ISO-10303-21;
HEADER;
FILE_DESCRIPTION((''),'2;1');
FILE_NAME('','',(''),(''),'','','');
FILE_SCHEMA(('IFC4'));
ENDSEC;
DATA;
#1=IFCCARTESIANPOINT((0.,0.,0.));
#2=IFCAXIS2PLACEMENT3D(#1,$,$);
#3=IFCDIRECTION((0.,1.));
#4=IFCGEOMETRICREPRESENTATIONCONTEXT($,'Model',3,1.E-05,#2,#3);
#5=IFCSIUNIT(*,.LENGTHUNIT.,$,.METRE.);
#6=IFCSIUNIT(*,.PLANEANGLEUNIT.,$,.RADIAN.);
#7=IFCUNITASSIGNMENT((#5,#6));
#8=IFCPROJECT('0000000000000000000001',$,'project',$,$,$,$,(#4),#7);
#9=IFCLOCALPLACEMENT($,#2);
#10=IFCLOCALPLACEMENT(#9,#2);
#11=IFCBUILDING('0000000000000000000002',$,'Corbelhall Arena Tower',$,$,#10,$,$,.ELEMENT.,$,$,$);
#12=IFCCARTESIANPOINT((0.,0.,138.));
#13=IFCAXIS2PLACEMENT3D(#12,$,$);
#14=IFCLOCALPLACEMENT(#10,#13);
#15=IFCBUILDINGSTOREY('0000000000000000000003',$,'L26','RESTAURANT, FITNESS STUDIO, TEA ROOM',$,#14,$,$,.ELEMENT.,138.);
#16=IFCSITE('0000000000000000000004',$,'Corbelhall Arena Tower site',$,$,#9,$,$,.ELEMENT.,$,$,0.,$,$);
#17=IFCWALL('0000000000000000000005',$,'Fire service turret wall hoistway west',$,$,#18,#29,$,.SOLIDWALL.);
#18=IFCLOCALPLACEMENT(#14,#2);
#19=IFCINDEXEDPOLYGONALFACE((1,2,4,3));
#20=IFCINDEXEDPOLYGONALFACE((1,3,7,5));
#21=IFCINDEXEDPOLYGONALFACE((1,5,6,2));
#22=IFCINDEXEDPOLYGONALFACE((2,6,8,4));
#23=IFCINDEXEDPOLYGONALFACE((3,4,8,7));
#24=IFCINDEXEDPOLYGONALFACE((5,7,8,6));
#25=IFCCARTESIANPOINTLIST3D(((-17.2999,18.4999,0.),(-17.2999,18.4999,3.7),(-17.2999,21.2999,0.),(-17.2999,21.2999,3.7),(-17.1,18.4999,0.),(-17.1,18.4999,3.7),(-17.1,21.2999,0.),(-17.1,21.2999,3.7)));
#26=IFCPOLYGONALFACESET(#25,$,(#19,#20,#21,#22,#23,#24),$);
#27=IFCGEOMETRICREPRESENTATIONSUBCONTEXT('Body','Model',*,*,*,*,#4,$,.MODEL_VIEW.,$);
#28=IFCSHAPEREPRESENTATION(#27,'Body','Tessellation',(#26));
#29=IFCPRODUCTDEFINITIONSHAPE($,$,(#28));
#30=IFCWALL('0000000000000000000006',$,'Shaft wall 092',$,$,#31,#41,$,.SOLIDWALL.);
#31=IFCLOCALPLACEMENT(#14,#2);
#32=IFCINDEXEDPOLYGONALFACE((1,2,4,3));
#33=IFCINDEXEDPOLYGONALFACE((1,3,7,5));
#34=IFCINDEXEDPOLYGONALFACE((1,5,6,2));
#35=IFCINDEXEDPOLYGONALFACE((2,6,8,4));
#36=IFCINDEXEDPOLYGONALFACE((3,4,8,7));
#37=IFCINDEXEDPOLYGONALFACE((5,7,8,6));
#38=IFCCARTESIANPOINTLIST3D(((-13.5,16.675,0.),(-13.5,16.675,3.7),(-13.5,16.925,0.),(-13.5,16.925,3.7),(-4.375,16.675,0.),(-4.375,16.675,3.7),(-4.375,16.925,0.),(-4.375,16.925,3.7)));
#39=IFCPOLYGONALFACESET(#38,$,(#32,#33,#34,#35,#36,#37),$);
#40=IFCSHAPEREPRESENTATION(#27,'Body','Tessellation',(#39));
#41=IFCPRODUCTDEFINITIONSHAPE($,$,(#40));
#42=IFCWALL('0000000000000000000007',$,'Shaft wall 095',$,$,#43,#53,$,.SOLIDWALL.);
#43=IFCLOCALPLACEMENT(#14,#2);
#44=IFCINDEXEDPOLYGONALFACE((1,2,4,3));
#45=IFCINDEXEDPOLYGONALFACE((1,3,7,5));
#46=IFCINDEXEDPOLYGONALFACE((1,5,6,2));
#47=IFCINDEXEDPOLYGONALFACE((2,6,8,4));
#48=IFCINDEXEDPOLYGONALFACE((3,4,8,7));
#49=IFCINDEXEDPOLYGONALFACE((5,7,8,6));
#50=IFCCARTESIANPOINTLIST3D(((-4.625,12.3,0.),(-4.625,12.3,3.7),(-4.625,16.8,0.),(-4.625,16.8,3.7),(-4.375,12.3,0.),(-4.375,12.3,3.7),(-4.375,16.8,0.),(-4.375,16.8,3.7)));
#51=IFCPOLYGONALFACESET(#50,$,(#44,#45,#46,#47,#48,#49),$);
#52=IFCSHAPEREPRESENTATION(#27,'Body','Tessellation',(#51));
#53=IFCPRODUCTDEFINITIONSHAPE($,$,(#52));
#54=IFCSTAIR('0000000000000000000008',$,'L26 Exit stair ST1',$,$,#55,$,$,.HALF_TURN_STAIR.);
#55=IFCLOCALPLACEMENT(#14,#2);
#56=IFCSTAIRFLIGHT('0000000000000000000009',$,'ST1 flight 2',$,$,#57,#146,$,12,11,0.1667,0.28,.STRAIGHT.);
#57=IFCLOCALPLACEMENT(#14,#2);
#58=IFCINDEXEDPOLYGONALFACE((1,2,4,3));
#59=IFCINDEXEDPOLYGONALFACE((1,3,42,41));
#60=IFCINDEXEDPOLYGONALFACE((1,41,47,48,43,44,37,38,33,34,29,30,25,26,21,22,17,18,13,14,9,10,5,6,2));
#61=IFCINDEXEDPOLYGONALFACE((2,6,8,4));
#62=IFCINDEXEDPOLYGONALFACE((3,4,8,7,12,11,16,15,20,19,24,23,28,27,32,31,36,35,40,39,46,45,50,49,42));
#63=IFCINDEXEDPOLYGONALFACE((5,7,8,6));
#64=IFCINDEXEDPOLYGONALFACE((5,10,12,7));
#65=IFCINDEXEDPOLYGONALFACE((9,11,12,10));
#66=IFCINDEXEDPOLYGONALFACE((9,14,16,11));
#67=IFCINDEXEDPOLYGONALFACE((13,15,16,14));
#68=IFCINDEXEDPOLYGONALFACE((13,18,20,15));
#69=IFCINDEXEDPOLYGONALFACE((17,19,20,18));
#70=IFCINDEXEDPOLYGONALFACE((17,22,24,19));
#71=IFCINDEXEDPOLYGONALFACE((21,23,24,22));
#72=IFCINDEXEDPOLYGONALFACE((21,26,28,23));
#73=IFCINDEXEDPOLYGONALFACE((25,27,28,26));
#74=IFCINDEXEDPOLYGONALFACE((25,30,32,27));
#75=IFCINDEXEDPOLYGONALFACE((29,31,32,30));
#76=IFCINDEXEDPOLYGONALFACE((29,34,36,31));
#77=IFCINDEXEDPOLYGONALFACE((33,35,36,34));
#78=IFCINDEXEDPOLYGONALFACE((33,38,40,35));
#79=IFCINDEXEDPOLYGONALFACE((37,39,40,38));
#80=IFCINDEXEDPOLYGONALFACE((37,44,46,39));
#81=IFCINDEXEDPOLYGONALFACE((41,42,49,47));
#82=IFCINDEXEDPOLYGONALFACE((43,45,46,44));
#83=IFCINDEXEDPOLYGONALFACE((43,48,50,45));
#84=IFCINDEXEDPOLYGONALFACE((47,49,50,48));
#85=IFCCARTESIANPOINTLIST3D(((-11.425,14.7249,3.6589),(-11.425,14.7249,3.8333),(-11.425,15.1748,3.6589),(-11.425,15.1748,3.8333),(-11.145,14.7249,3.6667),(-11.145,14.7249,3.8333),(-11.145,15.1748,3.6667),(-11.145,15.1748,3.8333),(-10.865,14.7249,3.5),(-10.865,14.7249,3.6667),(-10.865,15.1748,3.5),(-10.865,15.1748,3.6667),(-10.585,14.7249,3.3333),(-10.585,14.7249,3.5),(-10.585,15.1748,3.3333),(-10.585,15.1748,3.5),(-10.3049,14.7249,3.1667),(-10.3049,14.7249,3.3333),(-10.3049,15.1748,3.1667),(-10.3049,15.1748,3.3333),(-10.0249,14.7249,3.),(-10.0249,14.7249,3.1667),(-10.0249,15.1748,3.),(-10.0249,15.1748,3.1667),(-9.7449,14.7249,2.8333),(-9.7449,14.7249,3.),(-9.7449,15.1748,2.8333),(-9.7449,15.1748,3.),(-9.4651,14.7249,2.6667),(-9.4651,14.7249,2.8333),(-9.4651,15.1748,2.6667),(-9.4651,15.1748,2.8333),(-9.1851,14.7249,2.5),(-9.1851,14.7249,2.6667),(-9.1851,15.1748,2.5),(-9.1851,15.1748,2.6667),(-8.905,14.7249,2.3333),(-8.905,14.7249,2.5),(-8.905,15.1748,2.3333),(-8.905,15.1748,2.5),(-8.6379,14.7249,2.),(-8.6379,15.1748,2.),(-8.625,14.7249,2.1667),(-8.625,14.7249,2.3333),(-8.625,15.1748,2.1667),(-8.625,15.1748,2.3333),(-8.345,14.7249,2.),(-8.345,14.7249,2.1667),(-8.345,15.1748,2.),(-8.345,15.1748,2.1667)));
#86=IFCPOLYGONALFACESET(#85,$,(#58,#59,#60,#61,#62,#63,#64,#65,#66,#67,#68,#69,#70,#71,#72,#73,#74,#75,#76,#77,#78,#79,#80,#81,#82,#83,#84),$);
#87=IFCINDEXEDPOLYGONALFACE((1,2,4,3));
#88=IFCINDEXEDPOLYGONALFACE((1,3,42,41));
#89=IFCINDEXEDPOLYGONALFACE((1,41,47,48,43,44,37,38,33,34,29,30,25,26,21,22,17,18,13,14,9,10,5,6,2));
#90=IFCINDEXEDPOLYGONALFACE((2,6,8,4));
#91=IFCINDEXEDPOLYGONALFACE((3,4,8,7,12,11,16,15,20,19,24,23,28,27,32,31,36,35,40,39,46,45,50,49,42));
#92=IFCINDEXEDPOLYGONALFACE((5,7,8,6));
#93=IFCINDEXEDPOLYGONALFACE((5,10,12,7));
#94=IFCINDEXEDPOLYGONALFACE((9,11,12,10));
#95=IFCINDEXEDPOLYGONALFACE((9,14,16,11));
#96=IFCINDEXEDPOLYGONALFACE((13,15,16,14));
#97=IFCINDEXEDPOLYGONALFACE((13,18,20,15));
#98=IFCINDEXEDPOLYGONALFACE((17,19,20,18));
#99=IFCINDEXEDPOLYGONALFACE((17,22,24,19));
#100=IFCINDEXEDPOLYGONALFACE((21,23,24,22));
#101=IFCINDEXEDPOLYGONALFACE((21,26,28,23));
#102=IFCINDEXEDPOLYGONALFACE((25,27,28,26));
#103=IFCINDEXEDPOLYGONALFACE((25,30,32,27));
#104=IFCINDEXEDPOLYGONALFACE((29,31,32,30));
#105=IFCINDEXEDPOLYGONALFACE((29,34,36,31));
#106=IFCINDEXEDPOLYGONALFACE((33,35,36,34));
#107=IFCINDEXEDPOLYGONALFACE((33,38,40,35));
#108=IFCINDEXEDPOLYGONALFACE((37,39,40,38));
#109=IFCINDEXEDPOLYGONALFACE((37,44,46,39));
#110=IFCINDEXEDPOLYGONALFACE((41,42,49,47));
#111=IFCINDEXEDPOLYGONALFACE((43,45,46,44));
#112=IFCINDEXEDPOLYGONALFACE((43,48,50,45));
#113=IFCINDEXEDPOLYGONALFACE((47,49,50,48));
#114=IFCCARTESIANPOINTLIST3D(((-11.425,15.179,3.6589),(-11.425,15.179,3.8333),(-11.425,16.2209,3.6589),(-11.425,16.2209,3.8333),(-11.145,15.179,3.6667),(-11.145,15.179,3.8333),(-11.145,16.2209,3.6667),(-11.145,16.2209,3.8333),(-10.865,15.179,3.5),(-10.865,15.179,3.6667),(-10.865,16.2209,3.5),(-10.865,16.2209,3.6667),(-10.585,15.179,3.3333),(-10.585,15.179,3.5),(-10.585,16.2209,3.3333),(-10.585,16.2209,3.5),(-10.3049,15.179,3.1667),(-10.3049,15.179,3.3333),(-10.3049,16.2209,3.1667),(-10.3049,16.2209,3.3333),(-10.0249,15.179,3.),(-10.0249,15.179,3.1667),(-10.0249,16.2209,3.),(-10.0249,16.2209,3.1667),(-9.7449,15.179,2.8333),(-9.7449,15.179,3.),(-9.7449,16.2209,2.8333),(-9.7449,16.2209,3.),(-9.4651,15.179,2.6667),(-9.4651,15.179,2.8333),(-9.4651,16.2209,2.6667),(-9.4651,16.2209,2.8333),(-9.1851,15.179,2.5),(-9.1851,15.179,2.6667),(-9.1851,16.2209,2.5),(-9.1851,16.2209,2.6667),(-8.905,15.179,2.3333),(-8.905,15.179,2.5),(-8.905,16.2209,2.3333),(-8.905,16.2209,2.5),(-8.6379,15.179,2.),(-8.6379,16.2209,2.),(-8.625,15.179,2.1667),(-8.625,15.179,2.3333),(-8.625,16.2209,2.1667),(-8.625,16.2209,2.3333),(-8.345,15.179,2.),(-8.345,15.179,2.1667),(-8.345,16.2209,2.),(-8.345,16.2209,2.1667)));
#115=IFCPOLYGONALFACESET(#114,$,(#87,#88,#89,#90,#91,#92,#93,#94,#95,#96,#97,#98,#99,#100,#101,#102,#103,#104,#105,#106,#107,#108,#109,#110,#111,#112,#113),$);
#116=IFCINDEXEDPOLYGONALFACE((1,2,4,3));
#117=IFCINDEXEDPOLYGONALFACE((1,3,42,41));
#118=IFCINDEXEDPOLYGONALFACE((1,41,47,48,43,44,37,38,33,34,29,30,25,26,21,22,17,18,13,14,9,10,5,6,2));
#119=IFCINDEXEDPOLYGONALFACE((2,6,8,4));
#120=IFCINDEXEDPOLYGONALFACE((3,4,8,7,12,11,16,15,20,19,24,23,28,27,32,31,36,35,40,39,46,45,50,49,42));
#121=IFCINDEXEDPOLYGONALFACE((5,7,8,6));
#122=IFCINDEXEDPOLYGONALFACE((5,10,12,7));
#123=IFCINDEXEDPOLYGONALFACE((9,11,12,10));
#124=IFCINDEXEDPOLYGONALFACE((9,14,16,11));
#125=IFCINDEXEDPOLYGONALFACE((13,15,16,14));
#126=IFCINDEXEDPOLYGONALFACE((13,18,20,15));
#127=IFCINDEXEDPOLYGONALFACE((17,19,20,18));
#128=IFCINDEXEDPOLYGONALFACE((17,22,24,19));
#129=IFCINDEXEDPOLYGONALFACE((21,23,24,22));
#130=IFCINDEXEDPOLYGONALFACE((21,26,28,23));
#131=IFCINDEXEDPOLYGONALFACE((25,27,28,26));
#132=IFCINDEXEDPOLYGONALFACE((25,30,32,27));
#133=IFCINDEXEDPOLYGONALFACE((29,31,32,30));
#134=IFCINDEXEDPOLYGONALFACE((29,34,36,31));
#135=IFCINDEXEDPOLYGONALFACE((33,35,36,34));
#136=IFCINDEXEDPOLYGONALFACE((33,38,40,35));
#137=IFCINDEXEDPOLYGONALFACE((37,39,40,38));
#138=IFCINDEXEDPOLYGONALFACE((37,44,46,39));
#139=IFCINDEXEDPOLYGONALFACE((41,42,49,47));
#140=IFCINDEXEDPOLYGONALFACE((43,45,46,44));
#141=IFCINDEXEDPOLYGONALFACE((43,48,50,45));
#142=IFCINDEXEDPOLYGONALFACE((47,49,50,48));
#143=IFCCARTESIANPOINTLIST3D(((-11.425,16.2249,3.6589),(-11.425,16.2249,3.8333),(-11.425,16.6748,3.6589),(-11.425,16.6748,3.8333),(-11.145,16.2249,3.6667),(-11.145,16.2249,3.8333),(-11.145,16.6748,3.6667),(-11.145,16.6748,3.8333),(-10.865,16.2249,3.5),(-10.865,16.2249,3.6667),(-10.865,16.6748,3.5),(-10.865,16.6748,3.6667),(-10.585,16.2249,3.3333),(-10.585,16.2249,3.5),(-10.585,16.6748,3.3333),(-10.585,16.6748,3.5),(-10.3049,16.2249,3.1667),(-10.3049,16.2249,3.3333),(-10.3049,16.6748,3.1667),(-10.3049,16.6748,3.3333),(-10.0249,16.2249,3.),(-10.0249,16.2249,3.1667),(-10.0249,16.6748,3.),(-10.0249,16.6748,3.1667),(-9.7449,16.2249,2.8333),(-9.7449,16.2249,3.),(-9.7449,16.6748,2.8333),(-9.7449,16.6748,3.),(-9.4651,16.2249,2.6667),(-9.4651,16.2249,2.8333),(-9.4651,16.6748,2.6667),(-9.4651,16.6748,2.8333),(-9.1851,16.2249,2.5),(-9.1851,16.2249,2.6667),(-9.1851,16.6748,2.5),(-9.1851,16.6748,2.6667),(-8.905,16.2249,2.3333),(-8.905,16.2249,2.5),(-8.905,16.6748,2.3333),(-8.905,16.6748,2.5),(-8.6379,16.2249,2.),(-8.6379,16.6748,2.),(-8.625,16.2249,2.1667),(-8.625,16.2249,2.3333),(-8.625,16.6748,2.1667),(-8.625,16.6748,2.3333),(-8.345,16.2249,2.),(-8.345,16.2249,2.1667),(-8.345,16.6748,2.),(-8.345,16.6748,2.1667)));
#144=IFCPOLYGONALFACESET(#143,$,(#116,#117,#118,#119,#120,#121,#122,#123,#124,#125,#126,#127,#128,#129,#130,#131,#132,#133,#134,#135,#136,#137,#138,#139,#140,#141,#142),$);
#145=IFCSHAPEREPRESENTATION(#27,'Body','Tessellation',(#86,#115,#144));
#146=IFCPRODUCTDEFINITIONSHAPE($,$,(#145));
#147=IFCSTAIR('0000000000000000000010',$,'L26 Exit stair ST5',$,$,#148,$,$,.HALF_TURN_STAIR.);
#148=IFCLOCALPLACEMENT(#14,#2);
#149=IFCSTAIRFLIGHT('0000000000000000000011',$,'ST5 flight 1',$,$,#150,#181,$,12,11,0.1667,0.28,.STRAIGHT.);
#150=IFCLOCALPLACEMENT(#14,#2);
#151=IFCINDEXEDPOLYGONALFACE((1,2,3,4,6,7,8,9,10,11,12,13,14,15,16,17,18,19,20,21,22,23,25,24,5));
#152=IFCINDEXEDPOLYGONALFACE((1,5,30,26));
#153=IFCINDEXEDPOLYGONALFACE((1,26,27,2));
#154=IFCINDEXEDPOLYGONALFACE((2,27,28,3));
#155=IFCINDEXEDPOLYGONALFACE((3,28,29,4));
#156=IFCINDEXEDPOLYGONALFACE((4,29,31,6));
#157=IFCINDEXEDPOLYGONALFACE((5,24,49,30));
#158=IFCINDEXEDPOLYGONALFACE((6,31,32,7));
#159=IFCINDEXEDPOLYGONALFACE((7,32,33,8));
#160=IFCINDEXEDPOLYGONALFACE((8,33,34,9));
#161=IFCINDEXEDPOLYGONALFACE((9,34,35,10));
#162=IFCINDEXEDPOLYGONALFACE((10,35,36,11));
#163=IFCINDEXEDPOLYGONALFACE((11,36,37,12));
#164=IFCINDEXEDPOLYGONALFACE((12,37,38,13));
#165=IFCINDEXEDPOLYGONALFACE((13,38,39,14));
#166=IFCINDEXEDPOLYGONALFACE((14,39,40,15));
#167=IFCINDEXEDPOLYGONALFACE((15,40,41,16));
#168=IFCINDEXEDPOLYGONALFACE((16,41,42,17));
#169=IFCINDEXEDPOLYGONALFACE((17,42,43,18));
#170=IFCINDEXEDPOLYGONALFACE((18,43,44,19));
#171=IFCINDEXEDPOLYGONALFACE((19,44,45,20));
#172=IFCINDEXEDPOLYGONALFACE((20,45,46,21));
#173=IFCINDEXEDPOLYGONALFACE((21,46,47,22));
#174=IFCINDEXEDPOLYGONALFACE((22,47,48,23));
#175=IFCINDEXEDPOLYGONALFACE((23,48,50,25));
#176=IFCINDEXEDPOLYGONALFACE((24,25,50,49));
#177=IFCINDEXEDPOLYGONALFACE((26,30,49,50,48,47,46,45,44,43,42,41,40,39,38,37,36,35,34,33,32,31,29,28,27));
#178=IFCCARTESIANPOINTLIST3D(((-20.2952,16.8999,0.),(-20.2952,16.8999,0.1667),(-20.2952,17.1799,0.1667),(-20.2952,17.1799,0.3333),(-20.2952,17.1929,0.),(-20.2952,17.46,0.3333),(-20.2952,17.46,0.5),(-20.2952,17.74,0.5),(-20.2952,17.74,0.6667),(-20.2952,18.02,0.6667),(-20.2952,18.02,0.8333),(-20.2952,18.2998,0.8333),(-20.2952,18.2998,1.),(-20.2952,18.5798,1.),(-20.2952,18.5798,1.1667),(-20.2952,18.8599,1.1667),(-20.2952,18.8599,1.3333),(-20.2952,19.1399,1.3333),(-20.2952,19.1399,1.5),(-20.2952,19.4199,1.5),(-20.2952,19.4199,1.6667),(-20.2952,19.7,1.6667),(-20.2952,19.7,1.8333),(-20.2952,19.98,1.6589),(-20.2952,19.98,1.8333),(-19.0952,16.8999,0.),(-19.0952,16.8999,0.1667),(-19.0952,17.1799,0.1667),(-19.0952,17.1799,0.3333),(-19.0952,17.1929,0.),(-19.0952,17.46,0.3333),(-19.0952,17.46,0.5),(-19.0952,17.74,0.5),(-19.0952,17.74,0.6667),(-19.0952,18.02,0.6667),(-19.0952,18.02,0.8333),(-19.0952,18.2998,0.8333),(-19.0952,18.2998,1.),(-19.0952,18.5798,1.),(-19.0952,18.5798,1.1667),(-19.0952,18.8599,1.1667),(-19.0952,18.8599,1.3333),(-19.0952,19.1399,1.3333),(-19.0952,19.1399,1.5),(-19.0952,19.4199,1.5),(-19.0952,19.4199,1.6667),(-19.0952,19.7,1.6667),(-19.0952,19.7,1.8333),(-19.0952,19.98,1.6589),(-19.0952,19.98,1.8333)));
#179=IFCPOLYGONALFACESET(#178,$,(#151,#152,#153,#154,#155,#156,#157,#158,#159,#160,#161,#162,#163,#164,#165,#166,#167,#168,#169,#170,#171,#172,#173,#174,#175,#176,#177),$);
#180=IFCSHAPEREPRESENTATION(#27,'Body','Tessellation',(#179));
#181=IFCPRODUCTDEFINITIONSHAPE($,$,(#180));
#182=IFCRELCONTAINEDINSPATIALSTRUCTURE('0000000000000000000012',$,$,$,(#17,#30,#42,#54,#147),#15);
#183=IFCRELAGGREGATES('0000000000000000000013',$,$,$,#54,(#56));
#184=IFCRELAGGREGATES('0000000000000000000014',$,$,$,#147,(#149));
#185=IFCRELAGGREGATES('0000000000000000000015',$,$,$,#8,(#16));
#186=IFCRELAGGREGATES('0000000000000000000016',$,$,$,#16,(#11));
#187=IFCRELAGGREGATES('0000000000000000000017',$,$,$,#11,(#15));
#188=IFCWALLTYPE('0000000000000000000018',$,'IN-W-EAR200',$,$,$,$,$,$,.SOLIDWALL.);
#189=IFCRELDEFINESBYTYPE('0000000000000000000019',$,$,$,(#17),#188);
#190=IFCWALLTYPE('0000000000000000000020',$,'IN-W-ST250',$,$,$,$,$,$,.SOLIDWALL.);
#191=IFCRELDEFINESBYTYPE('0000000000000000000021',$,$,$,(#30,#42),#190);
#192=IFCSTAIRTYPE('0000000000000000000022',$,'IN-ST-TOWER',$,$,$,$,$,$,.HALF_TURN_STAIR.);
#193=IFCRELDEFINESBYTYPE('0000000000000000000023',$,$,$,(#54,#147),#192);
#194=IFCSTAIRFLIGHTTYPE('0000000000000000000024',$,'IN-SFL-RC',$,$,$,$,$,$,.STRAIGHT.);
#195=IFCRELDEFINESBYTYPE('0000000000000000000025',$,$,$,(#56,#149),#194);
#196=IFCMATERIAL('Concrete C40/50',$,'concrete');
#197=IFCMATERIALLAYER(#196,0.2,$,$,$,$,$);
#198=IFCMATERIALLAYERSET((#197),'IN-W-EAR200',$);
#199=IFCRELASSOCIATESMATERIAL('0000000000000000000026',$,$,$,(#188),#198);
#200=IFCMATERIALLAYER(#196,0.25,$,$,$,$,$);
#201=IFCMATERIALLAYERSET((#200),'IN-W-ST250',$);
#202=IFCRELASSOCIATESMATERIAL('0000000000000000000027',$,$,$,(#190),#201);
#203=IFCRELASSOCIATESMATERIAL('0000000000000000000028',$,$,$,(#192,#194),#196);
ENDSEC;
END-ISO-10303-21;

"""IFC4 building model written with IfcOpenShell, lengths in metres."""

from ifc_helpers import new_model, si_unit, direction, frame, frame_2d, origin, place, context, subcontext, project, spatial, polyline, rectangle, outline, extrude, material, layer, layer_set, type_object, element, aggregate, save


model = new_model("IFC4")

# Units and contexts
model_context = context("Model", 3, precision=1e-05, world=origin(), true_north=direction((0.0, 1.0)))
body_context = subcontext(model_context, "Body", "Model", "MODEL_VIEW")
ifc_project = project(units=[si_unit("LENGTHUNIT", "METRE"), si_unit("PLANEANGLEUNIT", "RADIAN")], contexts=[model_context])

# Site, building, storey
site_placement = place(None, origin())
site = spatial("IfcSite", under=ifc_project, at=site_placement, Name="Corbelhall Arena Tower site", CompositionType="ELEMENT", RefElevation=0.0)
building_placement = place(site_placement, origin())
building = spatial("IfcBuilding", under=site, at=building_placement, Name="Corbelhall Arena Tower", CompositionType="ELEMENT")
storey_placement = place(building_placement, frame((0.0, 0.0, 138.0)))
storey = spatial("IfcBuildingStorey", under=building, at=storey_placement, Name="L26", Description="RESTAURANT, FITNESS STUDIO, TEA ROOM", CompositionType="ELEMENT", Elevation=138.0)

# Shared definitions
ifc_material_1 = material(Name="Concrete C40/50", Category="concrete")
ifc_layer_1 = layer(ifc_material_1, 0.2)
ifc_layer_set_1 = layer_set([ifc_layer_1], Name="IN-W-EAR200")
wall_type_1 = type_object("IfcWallType", Name="IN-W-EAR200", PredefinedType="SOLIDWALL", material=ifc_layer_set_1)

# Wall
wall_1_placement = place(storey_placement, frame((-17.2, 18.5, 0.0), z_axis=(0.0, 0.0, 1.0), x_axis=(0.0, 1.0, 0.0)))
element("IfcWall", 1, at=wall_1_placement, inside=storey, type_object=wall_type_1, Name="Fire service turret wall hoistway west", PredefinedType="SOLIDWALL", context=body_context, shape_type="SweptSolid", body=[
    extrude(rectangle(XDim=2.8, YDim=0.2, at=frame_2d((1.3999, 0.0))), origin(), (0.0, 0.0, 1.0), 3.7),
])

# Walls
ifc_layer_2 = layer(ifc_material_1, 0.25)
ifc_layer_set_2 = layer_set([ifc_layer_2], Name="IN-W-ST250")
wall_type_2 = type_object("IfcWallType", Name="IN-W-ST250", PredefinedType="SOLIDWALL", material=ifc_layer_set_2)
wall_2_placement = place(storey_placement, frame((-13.5, 16.8, 0.0), z_axis=(0.0, 0.0, 1.0), x_axis=(1.0, 0.0, 0.0)))
element("IfcWall", 2, at=wall_2_placement, inside=storey, type_object=wall_type_2, Name="Shaft wall 092", PredefinedType="SOLIDWALL", context=body_context, shape_type="SweptSolid", body=[
    extrude(rectangle(XDim=9.125, YDim=0.25, at=frame_2d((4.5625, 0.0))), origin(), (0.0, 0.0, 1.0), 3.7),
])
wall_3_placement = place(storey_placement, frame((-4.5, 16.8, 0.0), z_axis=(0.0, 0.0, 1.0), x_axis=(0.0, -1.0, 0.0)))
element("IfcWall", 3, at=wall_3_placement, inside=storey, type_object=wall_type_2, Name="Shaft wall 095", PredefinedType="SOLIDWALL", context=body_context, shape_type="SweptSolid", body=[
    extrude(rectangle(XDim=4.5, YDim=0.25, at=frame_2d((2.25, 0.0))), origin(), (0.0, 0.0, 1.0), 3.7),
])

# Stair, stair flight
stair_type = type_object("IfcStairType", Name="IN-ST-TOWER", PredefinedType="HALF_TURN_STAIR", material=ifc_material_1)
stair_1_placement = place(storey_placement, origin())
stair_1 = element("IfcStair", 4, at=stair_1_placement, inside=storey, type_object=stair_type, Name="L26 Exit stair ST1", PredefinedType="HALF_TURN_STAIR")
stair_flight_type = type_object("IfcStairFlightType", Name="IN-SFL-RC", PredefinedType="STRAIGHT", material=ifc_material_1)
stair_flight_1_placement = place(storey_placement, frame((-8.345, 15.7, 2.0), z_axis=(0.0, 0.0, 1.0), x_axis=(-1.0, 0.0, 0.0)))
stair_flight_1 = element("IfcStairFlight", 5, at=stair_flight_1_placement, type_object=stair_flight_type, Name="ST1 flight 2", NumberOfRisers=12, NumberOfTreads=11, PredefinedType="STRAIGHT", RiserHeight=0.1667, TreadLength=0.28, context=body_context, shape_type="SweptSolid", body=[
    extrude(outline(polyline([(0.0, 0.0), (0.0, 0.1667), (0.28, 0.1667), (0.28, 0.3333), (0.5601, 0.3333), (0.5601, 0.5), (0.8401, 0.5), (0.8401, 0.6667), (1.1201, 0.6667), (1.1201, 0.8333), (1.3999, 0.8333), (1.3999, 1.0), (1.6799, 1.0), (1.6799, 1.1667), (1.96, 1.1667), (1.96, 1.3333), (2.24, 1.3333), (2.24, 1.5), (2.52, 1.5), (2.52, 1.6667), (2.8, 1.6667), (2.8, 1.8333), (3.0801, 1.8333), (3.0801, 2.0), (3.0801, 1.6589), (0.293, 0.0), (0.0, 0.0)])), frame((0.0, 0.9751, 0.0), z_axis=(0.0, -1.0, 0.0), x_axis=(1.0, 0.0, 0.0)), (0.0, 0.0, 1.0), 0.45),
    extrude(outline(polyline([(0.0, 0.0), (0.0, 0.1667), (0.28, 0.1667), (0.28, 0.3333), (0.5601, 0.3333), (0.5601, 0.5), (0.8401, 0.5), (0.8401, 0.6667), (1.1201, 0.6667), (1.1201, 0.8333), (1.3999, 0.8333), (1.3999, 1.0), (1.6799, 1.0), (1.6799, 1.1667), (1.96, 1.1667), (1.96, 1.3333), (2.24, 1.3333), (2.24, 1.5), (2.52, 1.5), (2.52, 1.6667), (2.8, 1.6667), (2.8, 1.8333), (3.0801, 1.8333), (3.0801, 2.0), (3.0801, 1.6589), (0.293, 0.0), (0.0, 0.0)])), frame((0.0, 0.521, 0.0), z_axis=(0.0, -1.0, 0.0), x_axis=(1.0, 0.0, 0.0)), (0.0, 0.0, 1.0), 1.042),
    extrude(outline(polyline([(0.0, 0.0), (0.0, 0.1667), (0.28, 0.1667), (0.28, 0.3333), (0.5601, 0.3333), (0.5601, 0.5), (0.8401, 0.5), (0.8401, 0.6667), (1.1201, 0.6667), (1.1201, 0.8333), (1.3999, 0.8333), (1.3999, 1.0), (1.6799, 1.0), (1.6799, 1.1667), (1.96, 1.1667), (1.96, 1.3333), (2.24, 1.3333), (2.24, 1.5), (2.52, 1.5), (2.52, 1.6667), (2.8, 1.6667), (2.8, 1.8333), (3.0801, 1.8333), (3.0801, 2.0), (3.0801, 1.6589), (0.293, 0.0), (0.0, 0.0)])), frame((0.0, -0.5249, 0.0), z_axis=(0.0, -1.0, 0.0), x_axis=(1.0, 0.0, 0.0)), (0.0, 0.0, 1.0), 0.45),
])
aggregate(stair_1, [stair_flight_1])

# Stair, stair flight
stair_2_placement = place(storey_placement, origin())
stair_2 = element("IfcStair", 6, at=stair_2_placement, inside=storey, type_object=stair_type, Name="L26 Exit stair ST5", PredefinedType="HALF_TURN_STAIR")
stair_flight_2_placement = place(storey_placement, frame((-19.6951, 16.8999, 0.0), z_axis=(0.0, 0.0, 1.0), x_axis=(0.0, 1.0, 0.0)))
stair_flight_2 = element("IfcStairFlight", 7, at=stair_flight_2_placement, type_object=stair_flight_type, Name="ST5 flight 1", NumberOfRisers=12, NumberOfTreads=11, PredefinedType="STRAIGHT", RiserHeight=0.1667, TreadLength=0.28, context=body_context, shape_type="SweptSolid", body=[
    extrude(outline(polyline([(0.0, 0.0), (0.0, 0.1667), (0.28, 0.1667), (0.28, 0.3333), (0.5601, 0.3333), (0.5601, 0.5), (0.8401, 0.5), (0.8401, 0.6667), (1.1201, 0.6667), (1.1201, 0.8333), (1.3999, 0.8333), (1.3999, 1.0), (1.6799, 1.0), (1.6799, 1.1667), (1.96, 1.1667), (1.96, 1.3333), (2.24, 1.3333), (2.24, 1.5), (2.52, 1.5), (2.52, 1.6667), (2.8, 1.6667), (2.8, 1.8333), (3.0801, 1.8333), (3.0801, 2.0), (3.0801, 1.6589), (0.293, 0.0), (0.0, 0.0)])), frame((0.0, 0.6001, 0.0), z_axis=(0.0, -1.0, 0.0), x_axis=(1.0, 0.0, 0.0)), (0.0, 0.0, 1.0), 1.2),
])
aggregate(stair_2, [stair_flight_2])

save(model, "model.ifc")
